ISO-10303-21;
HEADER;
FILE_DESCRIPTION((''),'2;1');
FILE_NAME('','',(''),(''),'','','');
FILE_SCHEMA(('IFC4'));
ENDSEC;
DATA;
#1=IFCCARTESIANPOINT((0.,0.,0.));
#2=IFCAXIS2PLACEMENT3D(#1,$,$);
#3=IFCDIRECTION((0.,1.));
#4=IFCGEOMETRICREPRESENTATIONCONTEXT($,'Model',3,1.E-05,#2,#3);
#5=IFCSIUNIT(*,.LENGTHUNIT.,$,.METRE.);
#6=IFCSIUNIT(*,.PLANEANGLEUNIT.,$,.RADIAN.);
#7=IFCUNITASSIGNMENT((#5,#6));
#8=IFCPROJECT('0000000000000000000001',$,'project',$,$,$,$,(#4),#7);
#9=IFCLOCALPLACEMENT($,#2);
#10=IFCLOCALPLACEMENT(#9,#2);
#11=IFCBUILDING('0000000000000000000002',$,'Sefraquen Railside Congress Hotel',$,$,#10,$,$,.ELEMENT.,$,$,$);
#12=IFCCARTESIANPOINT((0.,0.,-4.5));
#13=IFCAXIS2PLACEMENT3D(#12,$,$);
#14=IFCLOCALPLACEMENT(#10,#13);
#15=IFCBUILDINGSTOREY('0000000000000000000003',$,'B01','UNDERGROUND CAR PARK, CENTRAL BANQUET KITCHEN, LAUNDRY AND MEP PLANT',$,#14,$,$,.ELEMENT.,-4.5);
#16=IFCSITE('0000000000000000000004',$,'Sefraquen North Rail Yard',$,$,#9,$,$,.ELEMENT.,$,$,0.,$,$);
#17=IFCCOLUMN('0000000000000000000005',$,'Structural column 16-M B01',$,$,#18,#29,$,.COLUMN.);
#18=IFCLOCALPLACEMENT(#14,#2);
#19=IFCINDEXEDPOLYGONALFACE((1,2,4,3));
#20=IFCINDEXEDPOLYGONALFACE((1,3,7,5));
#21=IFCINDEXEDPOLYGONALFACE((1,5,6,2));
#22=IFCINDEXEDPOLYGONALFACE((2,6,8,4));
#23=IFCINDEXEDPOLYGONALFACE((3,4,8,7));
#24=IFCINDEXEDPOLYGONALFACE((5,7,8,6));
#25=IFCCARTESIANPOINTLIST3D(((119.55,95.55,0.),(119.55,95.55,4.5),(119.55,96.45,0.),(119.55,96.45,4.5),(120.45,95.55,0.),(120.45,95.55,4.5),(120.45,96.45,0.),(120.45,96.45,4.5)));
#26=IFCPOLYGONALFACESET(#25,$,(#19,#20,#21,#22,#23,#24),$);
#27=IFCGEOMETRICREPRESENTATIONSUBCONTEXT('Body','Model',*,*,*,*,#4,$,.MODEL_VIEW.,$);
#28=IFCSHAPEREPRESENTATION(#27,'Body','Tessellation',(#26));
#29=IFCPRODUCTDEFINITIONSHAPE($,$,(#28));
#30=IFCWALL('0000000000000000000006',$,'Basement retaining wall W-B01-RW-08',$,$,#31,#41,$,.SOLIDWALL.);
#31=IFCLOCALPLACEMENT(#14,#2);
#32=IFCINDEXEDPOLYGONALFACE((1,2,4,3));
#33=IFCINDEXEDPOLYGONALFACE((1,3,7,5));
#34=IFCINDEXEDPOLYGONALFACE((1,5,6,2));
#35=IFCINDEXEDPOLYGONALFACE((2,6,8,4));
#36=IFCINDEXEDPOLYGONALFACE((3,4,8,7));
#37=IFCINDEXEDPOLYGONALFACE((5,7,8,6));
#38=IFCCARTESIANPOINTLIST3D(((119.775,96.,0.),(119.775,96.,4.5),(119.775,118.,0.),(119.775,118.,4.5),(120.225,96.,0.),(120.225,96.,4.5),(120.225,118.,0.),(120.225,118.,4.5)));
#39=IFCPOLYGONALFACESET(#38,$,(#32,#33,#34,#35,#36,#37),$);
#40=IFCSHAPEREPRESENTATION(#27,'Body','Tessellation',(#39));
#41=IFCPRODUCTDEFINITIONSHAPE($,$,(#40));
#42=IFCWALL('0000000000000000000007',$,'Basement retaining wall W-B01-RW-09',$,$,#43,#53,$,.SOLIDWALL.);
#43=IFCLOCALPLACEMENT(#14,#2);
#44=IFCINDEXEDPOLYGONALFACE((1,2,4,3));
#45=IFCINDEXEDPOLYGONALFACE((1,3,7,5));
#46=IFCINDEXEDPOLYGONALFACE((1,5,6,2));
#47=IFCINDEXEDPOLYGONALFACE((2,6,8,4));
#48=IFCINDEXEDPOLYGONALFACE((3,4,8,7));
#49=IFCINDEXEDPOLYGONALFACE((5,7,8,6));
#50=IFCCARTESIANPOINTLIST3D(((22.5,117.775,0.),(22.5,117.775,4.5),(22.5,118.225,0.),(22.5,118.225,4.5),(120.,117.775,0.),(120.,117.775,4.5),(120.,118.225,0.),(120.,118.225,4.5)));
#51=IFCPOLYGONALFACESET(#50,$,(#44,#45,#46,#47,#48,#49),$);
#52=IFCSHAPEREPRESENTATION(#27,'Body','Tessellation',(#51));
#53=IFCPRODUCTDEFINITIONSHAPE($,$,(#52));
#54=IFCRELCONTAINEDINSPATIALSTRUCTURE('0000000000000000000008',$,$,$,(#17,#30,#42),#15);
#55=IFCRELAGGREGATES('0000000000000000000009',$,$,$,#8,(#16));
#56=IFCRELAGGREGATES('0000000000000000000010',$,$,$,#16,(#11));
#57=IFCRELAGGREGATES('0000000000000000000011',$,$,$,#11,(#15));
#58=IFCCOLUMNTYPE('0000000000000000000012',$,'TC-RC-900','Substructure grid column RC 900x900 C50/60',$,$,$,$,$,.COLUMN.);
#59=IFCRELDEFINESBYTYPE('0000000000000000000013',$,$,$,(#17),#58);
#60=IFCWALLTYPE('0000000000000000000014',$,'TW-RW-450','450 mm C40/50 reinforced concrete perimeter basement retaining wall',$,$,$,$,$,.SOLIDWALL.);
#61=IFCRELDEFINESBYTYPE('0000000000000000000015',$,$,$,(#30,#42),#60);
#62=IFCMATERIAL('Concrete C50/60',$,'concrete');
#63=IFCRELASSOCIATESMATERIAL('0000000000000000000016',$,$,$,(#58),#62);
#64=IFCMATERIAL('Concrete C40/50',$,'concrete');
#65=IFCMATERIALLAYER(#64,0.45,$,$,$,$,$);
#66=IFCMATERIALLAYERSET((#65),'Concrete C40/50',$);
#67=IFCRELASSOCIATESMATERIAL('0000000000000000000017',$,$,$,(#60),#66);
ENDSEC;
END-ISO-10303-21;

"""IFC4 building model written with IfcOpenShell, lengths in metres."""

from ifc_helpers import new_model, si_unit, direction, frame, frame_2d, origin, origin_2d, place, context, subcontext, project, spatial, rectangle, extrude, material, layer, layer_set, material_profile, profile_set, type_object, element, save


model = new_model("IFC4")

# Units and contexts
model_context = context("Model", 3, precision=1e-05, world=origin(), true_north=direction((0.0, 1.0)))
body_context = subcontext(model_context, "Body", "Model", "MODEL_VIEW")
ifc_project = project(units=[si_unit("LENGTHUNIT", "METRE"), si_unit("PLANEANGLEUNIT", "RADIAN")], contexts=[model_context])

# Site, building, storey
site_placement = place(None, origin())
site = spatial("IfcSite", under=ifc_project, at=site_placement, Name="Sefraquen North Rail Yard", CompositionType="ELEMENT", RefElevation=0.0)
building_placement = place(site_placement, origin())
building = spatial("IfcBuilding", under=site, at=building_placement, Name="Sefraquen Railside Congress Hotel", CompositionType="ELEMENT")
storey_placement = place(building_placement, frame((0.0, 0.0, -4.5)))
storey = spatial("IfcBuildingStorey", under=building, at=storey_placement, Name="B01", Description="UNDERGROUND CAR PARK, CENTRAL BANQUET KITCHEN, LAUNDRY AND MEP PLANT", CompositionType="ELEMENT", Elevation=-4.5)

# Shared definitions
ifc_material_1 = material(Name="Concrete C40/50", Category="concrete")

# Column
ifc_material_2 = material(Name="Concrete C50/60", Category="concrete")
ifc_material_profile_1 = material_profile(ifc_material_2, rectangle(XDim=0.8999, YDim=0.8999, at=origin_2d()), Name="RC 900x900")
ifc_profile_set_1 = profile_set([ifc_material_profile_1], Name="Concrete C50/60")
column_type_1 = type_object("IfcColumnType", Name="TC-RC-900", Description="Substructure grid column RC 900x900 C50/60", PredefinedType="COLUMN", material=ifc_profile_set_1)
column_1_placement = place(storey_placement, frame((120.0, 96.0, 0.0), z_axis=(0.0, 0.0, 1.0), x_axis=(1.0, 0.0, 0.0)))
element("IfcColumn", 1, at=column_1_placement, inside=storey, type_object=column_type_1, Name="Structural column 16-M B01", PredefinedType="COLUMN", context=body_context, shape_type="SweptSolid", body=[
    extrude(rectangle(XDim=0.8999, YDim=0.8999, at=origin_2d()), origin(), (0.0, 0.0, 1.0), 4.5),
])

# Walls
ifc_layer = layer(ifc_material_1, 0.45)
ifc_layer_set = layer_set([ifc_layer], Name="Concrete C40/50")
wall_type = type_object("IfcWallType", Name="TW-RW-450", Description="450 mm C40/50 reinforced concrete perimeter basement retaining wall", PredefinedType="SOLIDWALL", material=ifc_layer_set)
wall_1_placement = place(storey_placement, frame((120.0, 96.0, 0.0), z_axis=(0.0, 0.0, 1.0), x_axis=(0.0, 1.0, 0.0)))
element("IfcWall", 2, at=wall_1_placement, inside=storey, type_object=wall_type, Name="Basement retaining wall W-B01-RW-08", PredefinedType="SOLIDWALL", context=body_context, shape_type="SweptSolid", body=[
    extrude(rectangle(XDim=22.0, YDim=0.45, at=frame_2d((11.0, 0.0))), origin(), (0.0, 0.0, 1.0), 4.5),
])
wall_2_placement = place(storey_placement, frame((120.0, 118.0, 0.0), z_axis=(0.0, 0.0, 1.0), x_axis=(-1.0, 0.0, 0.0)))
element("IfcWall", 3, at=wall_2_placement, inside=storey, type_object=wall_type, Name="Basement retaining wall W-B01-RW-09", PredefinedType="SOLIDWALL", context=body_context, shape_type="SweptSolid", body=[
    extrude(rectangle(XDim=97.5, YDim=0.45, at=frame_2d((48.75, 0.0))), origin(), (0.0, 0.0, 1.0), 4.5),
])

save(model, "model.ifc")
